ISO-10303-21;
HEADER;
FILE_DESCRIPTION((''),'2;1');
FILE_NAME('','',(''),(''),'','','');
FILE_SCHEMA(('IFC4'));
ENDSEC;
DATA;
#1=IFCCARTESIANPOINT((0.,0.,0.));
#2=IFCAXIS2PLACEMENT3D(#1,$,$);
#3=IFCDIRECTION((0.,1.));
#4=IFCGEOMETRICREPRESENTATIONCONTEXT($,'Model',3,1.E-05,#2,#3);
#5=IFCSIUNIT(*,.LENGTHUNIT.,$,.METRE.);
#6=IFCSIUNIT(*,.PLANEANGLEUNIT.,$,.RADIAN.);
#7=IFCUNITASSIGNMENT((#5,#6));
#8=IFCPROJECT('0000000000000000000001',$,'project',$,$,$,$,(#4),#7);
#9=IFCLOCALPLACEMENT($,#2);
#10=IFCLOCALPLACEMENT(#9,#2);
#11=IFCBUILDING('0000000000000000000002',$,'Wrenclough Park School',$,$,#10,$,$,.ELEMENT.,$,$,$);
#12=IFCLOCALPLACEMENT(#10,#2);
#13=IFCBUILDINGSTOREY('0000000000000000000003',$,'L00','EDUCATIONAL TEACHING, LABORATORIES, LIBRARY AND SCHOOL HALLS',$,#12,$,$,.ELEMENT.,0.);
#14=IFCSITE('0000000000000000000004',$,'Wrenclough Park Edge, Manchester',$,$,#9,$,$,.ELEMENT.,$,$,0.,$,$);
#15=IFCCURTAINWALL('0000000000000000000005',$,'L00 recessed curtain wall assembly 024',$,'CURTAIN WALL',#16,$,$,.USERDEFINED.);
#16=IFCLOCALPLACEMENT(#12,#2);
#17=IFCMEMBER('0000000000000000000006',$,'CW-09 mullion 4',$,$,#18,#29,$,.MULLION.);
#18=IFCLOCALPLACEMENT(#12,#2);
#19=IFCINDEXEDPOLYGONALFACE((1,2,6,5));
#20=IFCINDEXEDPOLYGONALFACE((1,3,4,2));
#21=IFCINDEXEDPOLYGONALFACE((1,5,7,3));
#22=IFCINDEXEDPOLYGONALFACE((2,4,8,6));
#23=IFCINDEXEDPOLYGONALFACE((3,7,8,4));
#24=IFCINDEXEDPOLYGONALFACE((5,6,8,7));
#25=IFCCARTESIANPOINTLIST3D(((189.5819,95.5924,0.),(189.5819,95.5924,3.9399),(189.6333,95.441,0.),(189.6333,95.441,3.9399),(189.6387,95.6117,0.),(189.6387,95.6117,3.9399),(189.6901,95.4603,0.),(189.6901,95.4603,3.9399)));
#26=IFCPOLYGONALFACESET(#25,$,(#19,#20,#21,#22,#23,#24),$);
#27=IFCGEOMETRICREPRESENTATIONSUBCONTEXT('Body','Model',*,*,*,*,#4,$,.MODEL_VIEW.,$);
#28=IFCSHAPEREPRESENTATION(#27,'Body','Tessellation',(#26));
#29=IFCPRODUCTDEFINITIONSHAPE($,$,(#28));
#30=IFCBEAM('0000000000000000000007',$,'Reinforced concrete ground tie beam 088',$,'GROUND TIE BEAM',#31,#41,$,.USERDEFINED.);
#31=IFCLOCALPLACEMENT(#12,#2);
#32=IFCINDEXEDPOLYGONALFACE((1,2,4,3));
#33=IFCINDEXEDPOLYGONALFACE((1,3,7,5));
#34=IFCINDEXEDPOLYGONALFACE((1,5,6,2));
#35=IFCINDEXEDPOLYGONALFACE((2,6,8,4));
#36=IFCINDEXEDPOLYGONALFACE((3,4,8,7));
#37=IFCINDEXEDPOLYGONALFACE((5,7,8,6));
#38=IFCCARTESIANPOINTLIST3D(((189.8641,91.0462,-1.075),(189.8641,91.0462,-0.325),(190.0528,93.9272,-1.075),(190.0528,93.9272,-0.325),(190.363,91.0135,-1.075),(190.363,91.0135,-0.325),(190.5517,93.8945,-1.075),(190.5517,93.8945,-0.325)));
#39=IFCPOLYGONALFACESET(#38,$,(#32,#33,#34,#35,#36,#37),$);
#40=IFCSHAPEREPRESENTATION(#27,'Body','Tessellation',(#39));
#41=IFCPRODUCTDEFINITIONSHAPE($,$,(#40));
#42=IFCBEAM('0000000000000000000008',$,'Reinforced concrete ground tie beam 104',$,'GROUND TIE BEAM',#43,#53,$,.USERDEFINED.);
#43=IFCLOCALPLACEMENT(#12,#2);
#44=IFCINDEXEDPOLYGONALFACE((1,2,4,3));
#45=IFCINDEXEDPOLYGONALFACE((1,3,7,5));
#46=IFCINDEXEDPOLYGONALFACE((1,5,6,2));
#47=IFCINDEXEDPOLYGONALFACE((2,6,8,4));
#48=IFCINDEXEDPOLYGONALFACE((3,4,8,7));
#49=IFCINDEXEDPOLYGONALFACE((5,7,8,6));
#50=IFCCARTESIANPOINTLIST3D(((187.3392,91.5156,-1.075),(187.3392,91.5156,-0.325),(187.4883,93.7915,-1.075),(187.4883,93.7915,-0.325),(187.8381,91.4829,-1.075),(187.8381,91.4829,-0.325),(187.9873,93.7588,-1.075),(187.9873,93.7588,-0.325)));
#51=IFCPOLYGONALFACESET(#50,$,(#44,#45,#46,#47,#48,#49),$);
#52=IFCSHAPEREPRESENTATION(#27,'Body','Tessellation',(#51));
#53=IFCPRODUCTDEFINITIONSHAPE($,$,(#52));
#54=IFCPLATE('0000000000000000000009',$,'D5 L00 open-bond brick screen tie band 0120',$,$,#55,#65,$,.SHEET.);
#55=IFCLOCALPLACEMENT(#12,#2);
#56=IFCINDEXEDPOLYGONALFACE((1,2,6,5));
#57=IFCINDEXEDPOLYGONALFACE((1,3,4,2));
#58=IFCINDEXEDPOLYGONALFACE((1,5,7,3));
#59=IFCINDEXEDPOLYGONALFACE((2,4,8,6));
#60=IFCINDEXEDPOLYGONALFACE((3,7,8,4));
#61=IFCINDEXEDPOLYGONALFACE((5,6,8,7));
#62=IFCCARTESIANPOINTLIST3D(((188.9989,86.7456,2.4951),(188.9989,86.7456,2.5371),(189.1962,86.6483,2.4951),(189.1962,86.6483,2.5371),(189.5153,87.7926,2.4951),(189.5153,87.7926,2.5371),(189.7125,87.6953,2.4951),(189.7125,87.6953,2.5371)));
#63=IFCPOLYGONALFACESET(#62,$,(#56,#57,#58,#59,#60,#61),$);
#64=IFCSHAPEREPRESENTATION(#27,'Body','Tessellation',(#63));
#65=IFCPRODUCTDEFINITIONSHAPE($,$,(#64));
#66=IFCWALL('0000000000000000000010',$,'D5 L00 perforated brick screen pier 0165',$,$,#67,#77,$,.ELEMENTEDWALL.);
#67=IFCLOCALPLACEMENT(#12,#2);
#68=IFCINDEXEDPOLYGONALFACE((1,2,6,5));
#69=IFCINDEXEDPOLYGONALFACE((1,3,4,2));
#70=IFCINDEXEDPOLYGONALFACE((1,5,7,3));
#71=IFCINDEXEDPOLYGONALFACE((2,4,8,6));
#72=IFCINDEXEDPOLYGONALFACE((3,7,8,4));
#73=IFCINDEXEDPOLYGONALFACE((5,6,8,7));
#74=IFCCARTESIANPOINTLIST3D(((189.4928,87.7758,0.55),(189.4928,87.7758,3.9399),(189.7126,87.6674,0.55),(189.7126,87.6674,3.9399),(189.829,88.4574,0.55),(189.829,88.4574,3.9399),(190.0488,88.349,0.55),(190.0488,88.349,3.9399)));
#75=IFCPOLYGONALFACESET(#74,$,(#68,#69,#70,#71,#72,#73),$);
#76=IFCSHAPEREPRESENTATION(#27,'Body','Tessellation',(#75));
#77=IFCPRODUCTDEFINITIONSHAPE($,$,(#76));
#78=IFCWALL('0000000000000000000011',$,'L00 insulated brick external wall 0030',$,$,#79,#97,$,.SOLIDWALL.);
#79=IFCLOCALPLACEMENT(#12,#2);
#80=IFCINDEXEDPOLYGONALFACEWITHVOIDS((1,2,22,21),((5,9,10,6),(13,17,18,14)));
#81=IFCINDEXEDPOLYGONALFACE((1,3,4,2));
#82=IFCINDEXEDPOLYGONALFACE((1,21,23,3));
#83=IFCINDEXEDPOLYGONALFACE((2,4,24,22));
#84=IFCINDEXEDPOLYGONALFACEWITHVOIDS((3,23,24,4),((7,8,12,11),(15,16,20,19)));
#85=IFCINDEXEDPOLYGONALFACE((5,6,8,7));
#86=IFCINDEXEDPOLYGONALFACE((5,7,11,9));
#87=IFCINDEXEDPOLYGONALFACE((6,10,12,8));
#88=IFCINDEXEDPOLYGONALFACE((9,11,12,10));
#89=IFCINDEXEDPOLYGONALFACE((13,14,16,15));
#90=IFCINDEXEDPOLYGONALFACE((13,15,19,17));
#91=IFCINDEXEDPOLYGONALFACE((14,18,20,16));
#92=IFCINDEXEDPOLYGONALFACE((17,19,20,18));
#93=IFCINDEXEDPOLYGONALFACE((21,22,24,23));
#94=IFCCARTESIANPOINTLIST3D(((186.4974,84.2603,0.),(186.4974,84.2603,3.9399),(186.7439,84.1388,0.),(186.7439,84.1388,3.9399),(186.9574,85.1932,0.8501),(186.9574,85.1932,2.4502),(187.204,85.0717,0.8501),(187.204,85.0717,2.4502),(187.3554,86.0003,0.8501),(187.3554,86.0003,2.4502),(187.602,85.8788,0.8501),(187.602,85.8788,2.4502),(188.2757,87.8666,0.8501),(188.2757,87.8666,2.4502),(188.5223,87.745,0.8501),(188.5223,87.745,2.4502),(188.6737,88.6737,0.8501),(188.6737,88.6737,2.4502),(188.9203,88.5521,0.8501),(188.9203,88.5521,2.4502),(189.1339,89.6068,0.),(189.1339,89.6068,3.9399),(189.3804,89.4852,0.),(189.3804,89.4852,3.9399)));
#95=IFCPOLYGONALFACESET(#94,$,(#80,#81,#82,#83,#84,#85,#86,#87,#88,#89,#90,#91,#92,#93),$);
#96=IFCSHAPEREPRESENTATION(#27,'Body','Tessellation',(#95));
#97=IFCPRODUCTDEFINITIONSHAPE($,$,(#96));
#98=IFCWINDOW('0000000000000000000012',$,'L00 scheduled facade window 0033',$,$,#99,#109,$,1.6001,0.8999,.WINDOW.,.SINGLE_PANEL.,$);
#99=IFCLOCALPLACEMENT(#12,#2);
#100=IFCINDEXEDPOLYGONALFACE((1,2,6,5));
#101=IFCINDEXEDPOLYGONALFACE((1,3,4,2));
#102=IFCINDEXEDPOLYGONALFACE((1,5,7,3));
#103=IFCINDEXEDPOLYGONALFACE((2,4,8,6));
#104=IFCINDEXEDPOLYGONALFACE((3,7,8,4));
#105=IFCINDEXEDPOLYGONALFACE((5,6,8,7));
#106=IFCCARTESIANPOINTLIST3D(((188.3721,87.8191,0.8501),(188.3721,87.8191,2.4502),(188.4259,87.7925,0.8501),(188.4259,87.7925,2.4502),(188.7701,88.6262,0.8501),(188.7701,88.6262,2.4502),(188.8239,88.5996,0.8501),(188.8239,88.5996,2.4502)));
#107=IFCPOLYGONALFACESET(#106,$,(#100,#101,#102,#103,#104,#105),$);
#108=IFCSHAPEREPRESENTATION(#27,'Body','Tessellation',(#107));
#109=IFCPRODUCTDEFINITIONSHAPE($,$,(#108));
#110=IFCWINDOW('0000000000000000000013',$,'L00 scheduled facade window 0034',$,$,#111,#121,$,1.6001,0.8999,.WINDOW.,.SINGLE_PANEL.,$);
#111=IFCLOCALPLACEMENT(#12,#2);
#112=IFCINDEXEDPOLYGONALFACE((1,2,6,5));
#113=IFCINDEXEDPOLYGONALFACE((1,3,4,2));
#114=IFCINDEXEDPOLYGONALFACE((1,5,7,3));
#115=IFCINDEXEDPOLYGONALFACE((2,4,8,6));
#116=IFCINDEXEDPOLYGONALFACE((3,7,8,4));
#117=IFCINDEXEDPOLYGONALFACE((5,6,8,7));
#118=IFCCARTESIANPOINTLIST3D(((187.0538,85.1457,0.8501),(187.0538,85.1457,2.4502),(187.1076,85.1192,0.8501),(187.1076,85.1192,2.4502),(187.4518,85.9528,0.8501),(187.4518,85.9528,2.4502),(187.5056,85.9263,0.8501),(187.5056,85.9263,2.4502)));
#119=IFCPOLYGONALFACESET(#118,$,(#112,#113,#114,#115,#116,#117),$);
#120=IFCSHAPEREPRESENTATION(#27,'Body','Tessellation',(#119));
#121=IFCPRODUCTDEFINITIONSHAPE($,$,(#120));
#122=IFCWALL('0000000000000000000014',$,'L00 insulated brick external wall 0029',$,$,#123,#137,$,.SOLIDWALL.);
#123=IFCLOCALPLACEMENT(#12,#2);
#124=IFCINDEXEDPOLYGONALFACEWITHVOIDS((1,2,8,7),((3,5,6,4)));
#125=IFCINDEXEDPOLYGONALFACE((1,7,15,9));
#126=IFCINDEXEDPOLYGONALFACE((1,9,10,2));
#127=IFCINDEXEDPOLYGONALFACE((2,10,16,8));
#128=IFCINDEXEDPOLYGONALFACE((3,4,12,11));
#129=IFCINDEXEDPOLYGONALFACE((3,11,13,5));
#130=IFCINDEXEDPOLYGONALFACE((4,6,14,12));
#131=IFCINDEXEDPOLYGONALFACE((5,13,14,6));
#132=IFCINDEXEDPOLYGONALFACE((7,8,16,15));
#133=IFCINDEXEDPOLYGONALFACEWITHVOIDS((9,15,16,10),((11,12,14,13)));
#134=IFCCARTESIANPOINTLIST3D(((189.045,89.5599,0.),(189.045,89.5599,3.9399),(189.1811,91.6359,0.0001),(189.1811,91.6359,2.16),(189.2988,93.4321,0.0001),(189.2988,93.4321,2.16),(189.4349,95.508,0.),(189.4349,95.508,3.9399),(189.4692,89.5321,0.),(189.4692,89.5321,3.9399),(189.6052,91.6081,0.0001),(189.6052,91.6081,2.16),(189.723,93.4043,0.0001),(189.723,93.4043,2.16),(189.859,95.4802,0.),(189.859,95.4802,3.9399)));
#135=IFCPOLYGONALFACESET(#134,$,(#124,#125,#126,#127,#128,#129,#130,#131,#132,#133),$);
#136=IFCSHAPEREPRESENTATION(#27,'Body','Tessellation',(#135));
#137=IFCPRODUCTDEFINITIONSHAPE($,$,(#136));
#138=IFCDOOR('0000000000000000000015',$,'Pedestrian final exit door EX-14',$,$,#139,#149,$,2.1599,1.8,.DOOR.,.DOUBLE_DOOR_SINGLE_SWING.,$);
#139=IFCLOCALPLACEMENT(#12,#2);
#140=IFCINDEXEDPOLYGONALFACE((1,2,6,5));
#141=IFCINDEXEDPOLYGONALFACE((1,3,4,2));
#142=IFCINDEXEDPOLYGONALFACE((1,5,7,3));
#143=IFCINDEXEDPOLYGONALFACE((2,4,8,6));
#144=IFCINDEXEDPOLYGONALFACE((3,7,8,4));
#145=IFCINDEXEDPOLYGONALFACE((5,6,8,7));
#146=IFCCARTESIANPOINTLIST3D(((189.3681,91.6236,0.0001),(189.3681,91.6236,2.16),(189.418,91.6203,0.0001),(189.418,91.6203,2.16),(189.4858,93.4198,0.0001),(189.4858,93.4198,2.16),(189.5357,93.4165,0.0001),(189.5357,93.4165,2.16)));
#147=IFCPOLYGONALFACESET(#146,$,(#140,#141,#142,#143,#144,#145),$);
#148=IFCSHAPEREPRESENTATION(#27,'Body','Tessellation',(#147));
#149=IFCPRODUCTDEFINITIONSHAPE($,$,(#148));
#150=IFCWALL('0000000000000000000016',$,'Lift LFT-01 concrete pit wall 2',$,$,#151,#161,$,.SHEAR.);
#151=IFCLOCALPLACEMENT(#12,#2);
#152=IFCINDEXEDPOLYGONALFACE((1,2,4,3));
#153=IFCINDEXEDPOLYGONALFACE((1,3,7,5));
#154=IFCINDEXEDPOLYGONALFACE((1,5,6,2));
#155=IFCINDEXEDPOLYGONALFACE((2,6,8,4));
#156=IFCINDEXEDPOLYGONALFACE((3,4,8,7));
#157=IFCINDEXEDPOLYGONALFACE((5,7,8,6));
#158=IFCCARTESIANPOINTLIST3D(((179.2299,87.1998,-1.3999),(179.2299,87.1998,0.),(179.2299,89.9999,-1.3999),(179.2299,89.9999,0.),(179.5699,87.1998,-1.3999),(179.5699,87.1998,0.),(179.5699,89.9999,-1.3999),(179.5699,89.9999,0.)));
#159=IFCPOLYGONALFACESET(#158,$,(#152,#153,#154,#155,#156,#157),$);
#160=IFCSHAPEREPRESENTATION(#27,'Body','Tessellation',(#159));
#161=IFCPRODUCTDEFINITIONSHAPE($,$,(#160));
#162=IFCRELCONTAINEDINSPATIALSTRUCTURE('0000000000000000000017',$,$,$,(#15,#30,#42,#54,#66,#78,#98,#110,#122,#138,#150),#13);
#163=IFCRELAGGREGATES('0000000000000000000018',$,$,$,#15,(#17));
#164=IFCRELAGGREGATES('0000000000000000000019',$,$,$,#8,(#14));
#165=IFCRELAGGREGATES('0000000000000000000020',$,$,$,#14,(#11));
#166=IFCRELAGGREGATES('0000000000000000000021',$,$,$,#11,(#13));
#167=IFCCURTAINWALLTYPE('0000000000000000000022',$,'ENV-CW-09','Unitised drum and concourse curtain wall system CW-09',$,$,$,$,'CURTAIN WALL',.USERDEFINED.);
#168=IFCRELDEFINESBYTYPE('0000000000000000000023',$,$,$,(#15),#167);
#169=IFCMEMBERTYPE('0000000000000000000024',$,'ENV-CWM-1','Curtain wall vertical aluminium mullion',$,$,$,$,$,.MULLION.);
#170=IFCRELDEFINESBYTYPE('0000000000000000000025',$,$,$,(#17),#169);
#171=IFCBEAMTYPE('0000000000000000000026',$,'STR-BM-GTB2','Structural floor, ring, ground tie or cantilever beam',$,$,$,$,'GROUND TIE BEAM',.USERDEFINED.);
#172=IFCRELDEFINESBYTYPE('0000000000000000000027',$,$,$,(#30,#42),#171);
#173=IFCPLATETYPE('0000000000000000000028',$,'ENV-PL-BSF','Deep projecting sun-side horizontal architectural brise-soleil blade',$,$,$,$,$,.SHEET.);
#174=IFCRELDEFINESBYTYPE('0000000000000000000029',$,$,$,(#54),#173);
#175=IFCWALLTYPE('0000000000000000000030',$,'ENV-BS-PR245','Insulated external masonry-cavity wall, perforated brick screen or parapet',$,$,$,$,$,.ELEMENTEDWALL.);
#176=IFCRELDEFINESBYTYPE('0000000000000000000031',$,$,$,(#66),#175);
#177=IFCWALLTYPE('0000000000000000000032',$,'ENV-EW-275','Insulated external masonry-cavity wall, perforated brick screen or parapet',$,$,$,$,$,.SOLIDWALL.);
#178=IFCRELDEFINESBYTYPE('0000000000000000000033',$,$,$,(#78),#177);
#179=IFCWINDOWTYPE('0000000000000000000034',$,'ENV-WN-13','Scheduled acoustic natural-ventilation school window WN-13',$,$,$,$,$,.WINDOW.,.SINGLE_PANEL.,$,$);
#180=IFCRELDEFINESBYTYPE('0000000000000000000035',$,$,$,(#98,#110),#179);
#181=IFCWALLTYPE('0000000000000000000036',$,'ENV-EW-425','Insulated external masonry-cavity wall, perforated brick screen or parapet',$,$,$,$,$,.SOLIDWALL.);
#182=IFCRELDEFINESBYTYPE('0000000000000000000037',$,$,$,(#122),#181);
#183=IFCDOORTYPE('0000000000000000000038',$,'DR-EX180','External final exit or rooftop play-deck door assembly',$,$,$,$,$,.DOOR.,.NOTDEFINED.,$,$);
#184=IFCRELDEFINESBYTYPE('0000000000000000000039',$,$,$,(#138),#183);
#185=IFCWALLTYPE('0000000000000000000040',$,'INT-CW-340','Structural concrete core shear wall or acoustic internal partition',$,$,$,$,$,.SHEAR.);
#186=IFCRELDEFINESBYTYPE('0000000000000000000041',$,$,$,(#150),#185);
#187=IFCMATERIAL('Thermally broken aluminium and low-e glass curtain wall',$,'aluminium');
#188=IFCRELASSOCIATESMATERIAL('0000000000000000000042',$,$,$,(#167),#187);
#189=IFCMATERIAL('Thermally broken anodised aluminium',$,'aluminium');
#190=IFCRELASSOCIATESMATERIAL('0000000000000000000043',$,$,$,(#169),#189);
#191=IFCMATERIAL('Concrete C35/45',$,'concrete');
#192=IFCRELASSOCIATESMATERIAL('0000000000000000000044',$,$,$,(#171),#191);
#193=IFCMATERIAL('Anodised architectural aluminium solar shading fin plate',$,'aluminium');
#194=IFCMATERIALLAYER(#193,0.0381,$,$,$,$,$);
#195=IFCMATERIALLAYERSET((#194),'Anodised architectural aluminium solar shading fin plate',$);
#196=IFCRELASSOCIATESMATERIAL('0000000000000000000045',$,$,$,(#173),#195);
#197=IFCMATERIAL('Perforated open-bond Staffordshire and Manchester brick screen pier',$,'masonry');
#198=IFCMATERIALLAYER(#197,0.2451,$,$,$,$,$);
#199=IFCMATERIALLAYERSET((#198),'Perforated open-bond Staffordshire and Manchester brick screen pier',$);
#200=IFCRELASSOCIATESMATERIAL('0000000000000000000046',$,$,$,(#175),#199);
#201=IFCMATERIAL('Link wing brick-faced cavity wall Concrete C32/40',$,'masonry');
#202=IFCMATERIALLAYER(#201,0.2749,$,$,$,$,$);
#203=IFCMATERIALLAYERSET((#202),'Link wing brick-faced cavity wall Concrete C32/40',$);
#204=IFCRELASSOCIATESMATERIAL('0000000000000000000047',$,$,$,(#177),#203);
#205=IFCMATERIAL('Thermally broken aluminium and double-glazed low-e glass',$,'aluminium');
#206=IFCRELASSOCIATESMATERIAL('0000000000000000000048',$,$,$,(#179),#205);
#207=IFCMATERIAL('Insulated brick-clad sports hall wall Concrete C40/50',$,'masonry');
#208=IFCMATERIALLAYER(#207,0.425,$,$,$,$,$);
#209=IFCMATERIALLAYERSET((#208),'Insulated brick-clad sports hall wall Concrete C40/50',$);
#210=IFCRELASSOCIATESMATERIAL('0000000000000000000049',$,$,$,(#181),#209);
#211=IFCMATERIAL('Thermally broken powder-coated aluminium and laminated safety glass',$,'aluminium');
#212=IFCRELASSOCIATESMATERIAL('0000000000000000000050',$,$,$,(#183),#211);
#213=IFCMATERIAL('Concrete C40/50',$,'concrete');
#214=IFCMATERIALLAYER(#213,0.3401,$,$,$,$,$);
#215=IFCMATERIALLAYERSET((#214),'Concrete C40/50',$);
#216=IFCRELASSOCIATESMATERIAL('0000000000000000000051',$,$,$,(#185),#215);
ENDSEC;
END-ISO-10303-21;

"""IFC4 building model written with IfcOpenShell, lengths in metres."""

from ifc_helpers import new_model, si_unit, direction, frame, frame_2d, origin, origin_2d, place, context, subcontext, project, spatial, rectangle, extrude, material, layer, layer_set, material_profile, profile_set, type_object, element, fill, aggregate, save


model = new_model("IFC4")

# Units and contexts
model_context = context("Model", 3, precision=1e-05, world=origin(), true_north=direction((0.0, 1.0)))
body_context = subcontext(model_context, "Body", "Model", "MODEL_VIEW")
ifc_project = project(units=[si_unit("LENGTHUNIT", "METRE"), si_unit("PLANEANGLEUNIT", "RADIAN")], contexts=[model_context])

# Site, building, storey
site_placement = place(None, origin())
site = spatial("IfcSite", under=ifc_project, at=site_placement, Name="Wrenclough Park Edge, Manchester", CompositionType="ELEMENT", RefElevation=0.0)
building_placement = place(site_placement, origin())
building = spatial("IfcBuilding", under=site, at=building_placement, Name="Wrenclough Park School", CompositionType="ELEMENT")
storey_placement = place(building_placement, origin())
storey = spatial("IfcBuildingStorey", under=building, at=storey_placement, Name="L00", Description="EDUCATIONAL TEACHING, LABORATORIES, LIBRARY AND SCHOOL HALLS", CompositionType="ELEMENT", Elevation=0.0)

# Shared definitions
ifc_material_1 = material(Name="Concrete C35/45", Category="concrete")

# Shared definitions
ifc_material_2 = material(Name="Concrete C40/50", Category="concrete")

# Curtain wall, member
ifc_material_3 = material(Name="Thermally broken aluminium and low-e glass curtain wall", Category="aluminium")
curtain_wall_type = type_object("IfcCurtainWallType", Name="ENV-CW-09", Description="Unitised drum and concourse curtain wall system CW-09", ElementType="CURTAIN WALL", PredefinedType="USERDEFINED", material=ifc_material_3)
curtain_wall_placement = place(storey_placement, origin())
curtain_wall = element("IfcCurtainWall", 1, at=curtain_wall_placement, inside=storey, type_object=curtain_wall_type, Name="L00 recessed curtain wall assembly 024", ObjectType="CURTAIN WALL", PredefinedType="USERDEFINED")
ifc_material_4 = material(Name="Thermally broken anodised aluminium", Category="aluminium")
ifc_material_profile_1 = material_profile(ifc_material_4, rectangle(XDim=0.0601, YDim=0.1599, at=origin_2d()), Name="AL MULLION 60x160")
ifc_profile_set_1 = profile_set([ifc_material_profile_1], Name="Thermally broken anodised aluminium")
member_type = type_object("IfcMemberType", Name="ENV-CWM-1", Description="Curtain wall vertical aluminium mullion", PredefinedType="MULLION", material=ifc_profile_set_1)
member_placement = place(storey_placement, frame((189.636, 95.5264, 0.0), z_axis=(0.0, 0.0, 1.0), x_axis=(0.946934, 0.321429, 0.0)))
member = element("IfcMember", 2, at=member_placement, type_object=member_type, Name="CW-09 mullion 4", PredefinedType="MULLION", context=body_context, shape_type="SweptSolid", body=[
    extrude(rectangle(XDim=0.0601, YDim=0.1599, at=origin_2d()), origin(), (0.0, 0.0, 1.0), 3.9399),
])
aggregate(curtain_wall, [member])

# Beams
ifc_material_profile_2 = material_profile(ifc_material_1, rectangle(XDim=0.5, YDim=0.75, at=origin_2d()), Name="RC GROUND 500x750")
ifc_profile_set_2 = profile_set([ifc_material_profile_2], Name="Concrete C35/45")
beam_type = type_object("IfcBeamType", Name="STR-BM-GTB2", Description="Structural floor, ring, ground tie or cantilever beam", ElementType="GROUND TIE BEAM", PredefinedType="USERDEFINED", material=ifc_profile_set_2)
beam_1_placement = place(storey_placement, frame((190.3022, 93.9109, -0.7), z_axis=(-0.065363, -0.997862, 0.0), x_axis=(0.997862, -0.065363, 0.0)))
element("IfcBeam", 3, at=beam_1_placement, inside=storey, type_object=beam_type, Name="Reinforced concrete ground tie beam 088", ObjectType="GROUND TIE BEAM", PredefinedType="USERDEFINED", context=body_context, shape_type="SweptSolid", body=[
    extrude(rectangle(XDim=0.5, YDim=0.75, at=origin_2d()), origin(), (0.0, 0.0, 1.0), 2.8872),
])
beam_2_placement = place(storey_placement, frame((187.7378, 93.7751, -0.7), z_axis=(-0.065404, -0.997859, 0.0), x_axis=(0.997859, -0.065404, 0.0)))
element("IfcBeam", 4, at=beam_2_placement, inside=storey, type_object=beam_type, Name="Reinforced concrete ground tie beam 104", ObjectType="GROUND TIE BEAM", PredefinedType="USERDEFINED", context=body_context, shape_type="SweptSolid", body=[
    extrude(rectangle(XDim=0.5, YDim=0.75, at=origin_2d()), origin(), (0.0, 0.0, 1.0), 2.2808),
])

# Plate
ifc_material_5 = material(Name="Anodised architectural aluminium solar shading fin plate", Category="aluminium")
ifc_layer_1 = layer(ifc_material_5, 0.0381)
ifc_layer_set_1 = layer_set([ifc_layer_1], Name="Anodised architectural aluminium solar shading fin plate")
plate_type = type_object("IfcPlateType", Name="ENV-PL-BSF", Description="Deep projecting sun-side horizontal architectural brise-soleil blade", PredefinedType="SHEET", material=ifc_layer_set_1)
plate_placement = place(storey_placement, frame((189.3557, 87.2205, 2.4951), z_axis=(0.0, 0.0, 1.0), x_axis=(0.4423, 0.896867, 0.0)))
element("IfcPlate", 5, at=plate_placement, inside=storey, type_object=plate_type, Name="D5 L00 open-bond brick screen tie band 0120", PredefinedType="SHEET", context=body_context, shape_type="SweptSolid", body=[
    extrude(rectangle(XDim=1.1675, YDim=0.22, at=origin_2d()), origin(), (0.0, 0.0, 1.0), 0.042),
])

# Wall
ifc_material_6 = material(Name="Perforated open-bond Staffordshire and Manchester brick screen pier", Category="masonry")
ifc_layer_2 = layer(ifc_material_6, 0.2451)
ifc_layer_set_2 = layer_set([ifc_layer_2], Name="Perforated open-bond Staffordshire and Manchester brick screen pier")
wall_type_1 = type_object("IfcWallType", Name="ENV-BS-PR245", Description="Insulated external masonry-cavity wall, perforated brick screen or parapet", PredefinedType="ELEMENTEDWALL", material=ifc_layer_set_2)
wall_1_placement = place(storey_placement, frame((189.6028, 87.7217, 0.55), z_axis=(0.0, 0.0, 1.0), x_axis=(0.442324, 0.896855, 0.0)))
element("IfcWall", 6, at=wall_1_placement, inside=storey, type_object=wall_type_1, Name="D5 L00 perforated brick screen pier 0165", PredefinedType="ELEMENTEDWALL", context=body_context, shape_type="SweptSolid", body=[
    extrude(rectangle(XDim=0.76, YDim=0.2451, at=frame_2d((0.3799, 0.0))), origin(), (0.0, 0.0, 1.0), 3.3899),
])

# Wall, openings, windows
ifc_material_7 = material(Name="Link wing brick-faced cavity wall Concrete C32/40", Category="masonry")
ifc_layer_3 = layer(ifc_material_7, 0.2749)
ifc_layer_set_3 = layer_set([ifc_layer_3], Name="Link wing brick-faced cavity wall Concrete C32/40")
wall_type_2 = type_object("IfcWallType", Name="ENV-EW-275", Description="Insulated external masonry-cavity wall, perforated brick screen or parapet", PredefinedType="SOLIDWALL", material=ifc_layer_set_3)
wall_2_placement = place(storey_placement, frame((189.2571, 89.5459, 0.0), z_axis=(0.0, 0.0, 1.0), x_axis=(-0.442276, -0.896879, 0.0)))
wall_2 = element("IfcWall", 7, at=wall_2_placement, inside=storey, type_object=wall_type_2, Name="L00 insulated brick external wall 0030", PredefinedType="SOLIDWALL", context=body_context, shape_type="SweptSolid", body=[
    extrude(rectangle(XDim=5.9612, YDim=0.2749, at=frame_2d((2.9805, 0.0))), origin(), (0.0, 0.0, 1.0), 3.9399),
])
opening_1_placement = place(wall_2_placement, frame((1.0403, 0.0, 0.8501)))
opening_1 = element("IfcOpeningElement", 8, at=opening_1_placement, cuts=wall_2, PredefinedType="OPENING", context=body_context, shape_type="SweptSolid", body=[
    extrude(rectangle(XDim=0.8999, YDim=1.6001, at=frame_2d((0.45, 0.8))), frame((0.0, 0.1475, 0.0), z_axis=(0.0, -1.0, 0.0), x_axis=(1.0, 0.0, 0.0)), (0.0, 0.0, 1.0), 0.2949),
])
opening_2_placement = place(wall_2_placement, frame((4.021, 0.0, 0.8501)))
opening_2 = element("IfcOpeningElement", 9, at=opening_2_placement, cuts=wall_2, PredefinedType="OPENING", context=body_context, shape_type="SweptSolid", body=[
    extrude(rectangle(XDim=0.8999, YDim=1.6001, at=frame_2d((0.45, 0.8))), frame((0.0, 0.1475, 0.0), z_axis=(0.0, -1.0, 0.0), x_axis=(1.0, 0.0, 0.0)), (0.0, 0.0, 1.0), 0.2949),
])
ifc_material_8 = material(Name="Thermally broken aluminium and double-glazed low-e glass", Category="aluminium")
window_type = type_object("IfcWindowType", Name="ENV-WN-13", Description="Scheduled acoustic natural-ventilation school window WN-13", PartitioningType="SINGLE_PANEL", PredefinedType="WINDOW", material=ifc_material_8)
window_1_placement = place(opening_1_placement, origin())
window_1 = element("IfcWindow", 10, at=window_1_placement, inside=storey, type_object=window_type, Name="L00 scheduled facade window 0033", OverallHeight=1.6001, OverallWidth=0.8999, PartitioningType="SINGLE_PANEL", PredefinedType="WINDOW", context=body_context, shape_type="SweptSolid", body=[
    extrude(rectangle(XDim=0.8999, YDim=1.6001, at=frame_2d((0.45, 0.8))), frame((0.0, 0.03, 0.0), z_axis=(0.0, -1.0, 0.0), x_axis=(1.0, 0.0, 0.0)), (0.0, 0.0, 1.0), 0.0601),
])
fill(opening_1, window_1)
window_2_placement = place(opening_2_placement, origin())
window_2 = element("IfcWindow", 11, at=window_2_placement, inside=storey, type_object=window_type, Name="L00 scheduled facade window 0034", OverallHeight=1.6001, OverallWidth=0.8999, PartitioningType="SINGLE_PANEL", PredefinedType="WINDOW", context=body_context, shape_type="SweptSolid", body=[
    extrude(rectangle(XDim=0.8999, YDim=1.6001, at=frame_2d((0.45, 0.8))), frame((0.0, 0.03, 0.0), z_axis=(0.0, -1.0, 0.0), x_axis=(1.0, 0.0, 0.0)), (0.0, 0.0, 1.0), 0.0601),
])
fill(opening_2, window_2)

# Wall, opening, door
ifc_material_9 = material(Name="Insulated brick-clad sports hall wall Concrete C40/50", Category="masonry")
ifc_layer_4 = layer(ifc_material_9, 0.425)
ifc_layer_set_4 = layer_set([ifc_layer_4], Name="Insulated brick-clad sports hall wall Concrete C40/50")
wall_type_3 = type_object("IfcWallType", Name="ENV-EW-425", Description="Insulated external masonry-cavity wall, perforated brick screen or parapet", PredefinedType="SOLIDWALL", material=ifc_layer_set_4)
wall_3_placement = place(storey_placement, frame((189.647, 95.4941, 0.0), z_axis=(0.0, 0.0, 1.0), x_axis=(-0.065407, -0.997859, 0.0)))
wall_3 = element("IfcWall", 12, at=wall_3_placement, inside=storey, type_object=wall_type_3, Name="L00 insulated brick external wall 0029", PredefinedType="SOLIDWALL", context=body_context, shape_type="SweptSolid", body=[
    extrude(rectangle(XDim=5.9609, YDim=0.425, at=frame_2d((2.9805, 0.0))), origin(), (0.0, 0.0, 1.0), 3.9399),
])
opening_3_placement = place(wall_3_placement, frame((2.0806, 0.0, 0.0)))
opening_3 = element("IfcOpeningElement", 13, at=opening_3_placement, cuts=wall_3, PredefinedType="OPENING", context=body_context, shape_type="SweptSolid", body=[
    extrude(rectangle(XDim=1.8, YDim=2.1599, at=frame_2d((0.8999, 1.0801))), frame((0.0, 0.2224, 0.0), z_axis=(0.0, -1.0, 0.0), x_axis=(1.0, 0.0, 0.0)), (0.0, 0.0, 1.0), 0.4451),
])
ifc_material_10 = material(Name="Thermally broken powder-coated aluminium and laminated safety glass", Category="aluminium")
door_type_1 = type_object("IfcDoorType", Name="DR-EX180", Description="External final exit or rooftop play-deck door assembly", OperationType="NOTDEFINED", PredefinedType="DOOR", material=ifc_material_10)
door_1_placement = place(opening_3_placement, origin())
door_1 = element("IfcDoor", 14, at=door_1_placement, inside=storey, type_object=door_type_1, Name="Pedestrian final exit door EX-14", OperationType="DOUBLE_DOOR_SINGLE_SWING", OverallHeight=2.1599, OverallWidth=1.8, PredefinedType="DOOR", context=body_context, shape_type="SweptSolid", body=[
    extrude(rectangle(XDim=1.8, YDim=2.1599, at=frame_2d((0.8999, 1.0801))), frame((0.0, 0.0249, 0.0), z_axis=(0.0, -1.0, 0.0), x_axis=(1.0, 0.0, 0.0)), (0.0, 0.0, 1.0), 0.05),
])
fill(opening_3, door_1)

# Wall
ifc_layer_5 = layer(ifc_material_2, 0.3401)
ifc_layer_set_5 = layer_set([ifc_layer_5], Name="Concrete C40/50")
wall_type_4 = type_object("IfcWallType", Name="INT-CW-340", Description="Structural concrete core shear wall or acoustic internal partition", PredefinedType="SHEAR", material=ifc_layer_set_5)
wall_4_placement = place(storey_placement, frame((179.3999, 87.2, -1.3999), z_axis=(0.0, 0.0, 1.0), x_axis=(0.0, 1.0, 0.0)))
element("IfcWall", 15, at=wall_4_placement, inside=storey, type_object=wall_type_4, Name="Lift LFT-01 concrete pit wall 2", PredefinedType="SHEAR", context=body_context, shape_type="SweptSolid", body=[
    extrude(rectangle(XDim=2.8, YDim=0.3401, at=frame_2d((1.3999, 0.0))), origin(), (0.0, 0.0, 1.0), 1.3999),
])

save(model, "model.ifc")
